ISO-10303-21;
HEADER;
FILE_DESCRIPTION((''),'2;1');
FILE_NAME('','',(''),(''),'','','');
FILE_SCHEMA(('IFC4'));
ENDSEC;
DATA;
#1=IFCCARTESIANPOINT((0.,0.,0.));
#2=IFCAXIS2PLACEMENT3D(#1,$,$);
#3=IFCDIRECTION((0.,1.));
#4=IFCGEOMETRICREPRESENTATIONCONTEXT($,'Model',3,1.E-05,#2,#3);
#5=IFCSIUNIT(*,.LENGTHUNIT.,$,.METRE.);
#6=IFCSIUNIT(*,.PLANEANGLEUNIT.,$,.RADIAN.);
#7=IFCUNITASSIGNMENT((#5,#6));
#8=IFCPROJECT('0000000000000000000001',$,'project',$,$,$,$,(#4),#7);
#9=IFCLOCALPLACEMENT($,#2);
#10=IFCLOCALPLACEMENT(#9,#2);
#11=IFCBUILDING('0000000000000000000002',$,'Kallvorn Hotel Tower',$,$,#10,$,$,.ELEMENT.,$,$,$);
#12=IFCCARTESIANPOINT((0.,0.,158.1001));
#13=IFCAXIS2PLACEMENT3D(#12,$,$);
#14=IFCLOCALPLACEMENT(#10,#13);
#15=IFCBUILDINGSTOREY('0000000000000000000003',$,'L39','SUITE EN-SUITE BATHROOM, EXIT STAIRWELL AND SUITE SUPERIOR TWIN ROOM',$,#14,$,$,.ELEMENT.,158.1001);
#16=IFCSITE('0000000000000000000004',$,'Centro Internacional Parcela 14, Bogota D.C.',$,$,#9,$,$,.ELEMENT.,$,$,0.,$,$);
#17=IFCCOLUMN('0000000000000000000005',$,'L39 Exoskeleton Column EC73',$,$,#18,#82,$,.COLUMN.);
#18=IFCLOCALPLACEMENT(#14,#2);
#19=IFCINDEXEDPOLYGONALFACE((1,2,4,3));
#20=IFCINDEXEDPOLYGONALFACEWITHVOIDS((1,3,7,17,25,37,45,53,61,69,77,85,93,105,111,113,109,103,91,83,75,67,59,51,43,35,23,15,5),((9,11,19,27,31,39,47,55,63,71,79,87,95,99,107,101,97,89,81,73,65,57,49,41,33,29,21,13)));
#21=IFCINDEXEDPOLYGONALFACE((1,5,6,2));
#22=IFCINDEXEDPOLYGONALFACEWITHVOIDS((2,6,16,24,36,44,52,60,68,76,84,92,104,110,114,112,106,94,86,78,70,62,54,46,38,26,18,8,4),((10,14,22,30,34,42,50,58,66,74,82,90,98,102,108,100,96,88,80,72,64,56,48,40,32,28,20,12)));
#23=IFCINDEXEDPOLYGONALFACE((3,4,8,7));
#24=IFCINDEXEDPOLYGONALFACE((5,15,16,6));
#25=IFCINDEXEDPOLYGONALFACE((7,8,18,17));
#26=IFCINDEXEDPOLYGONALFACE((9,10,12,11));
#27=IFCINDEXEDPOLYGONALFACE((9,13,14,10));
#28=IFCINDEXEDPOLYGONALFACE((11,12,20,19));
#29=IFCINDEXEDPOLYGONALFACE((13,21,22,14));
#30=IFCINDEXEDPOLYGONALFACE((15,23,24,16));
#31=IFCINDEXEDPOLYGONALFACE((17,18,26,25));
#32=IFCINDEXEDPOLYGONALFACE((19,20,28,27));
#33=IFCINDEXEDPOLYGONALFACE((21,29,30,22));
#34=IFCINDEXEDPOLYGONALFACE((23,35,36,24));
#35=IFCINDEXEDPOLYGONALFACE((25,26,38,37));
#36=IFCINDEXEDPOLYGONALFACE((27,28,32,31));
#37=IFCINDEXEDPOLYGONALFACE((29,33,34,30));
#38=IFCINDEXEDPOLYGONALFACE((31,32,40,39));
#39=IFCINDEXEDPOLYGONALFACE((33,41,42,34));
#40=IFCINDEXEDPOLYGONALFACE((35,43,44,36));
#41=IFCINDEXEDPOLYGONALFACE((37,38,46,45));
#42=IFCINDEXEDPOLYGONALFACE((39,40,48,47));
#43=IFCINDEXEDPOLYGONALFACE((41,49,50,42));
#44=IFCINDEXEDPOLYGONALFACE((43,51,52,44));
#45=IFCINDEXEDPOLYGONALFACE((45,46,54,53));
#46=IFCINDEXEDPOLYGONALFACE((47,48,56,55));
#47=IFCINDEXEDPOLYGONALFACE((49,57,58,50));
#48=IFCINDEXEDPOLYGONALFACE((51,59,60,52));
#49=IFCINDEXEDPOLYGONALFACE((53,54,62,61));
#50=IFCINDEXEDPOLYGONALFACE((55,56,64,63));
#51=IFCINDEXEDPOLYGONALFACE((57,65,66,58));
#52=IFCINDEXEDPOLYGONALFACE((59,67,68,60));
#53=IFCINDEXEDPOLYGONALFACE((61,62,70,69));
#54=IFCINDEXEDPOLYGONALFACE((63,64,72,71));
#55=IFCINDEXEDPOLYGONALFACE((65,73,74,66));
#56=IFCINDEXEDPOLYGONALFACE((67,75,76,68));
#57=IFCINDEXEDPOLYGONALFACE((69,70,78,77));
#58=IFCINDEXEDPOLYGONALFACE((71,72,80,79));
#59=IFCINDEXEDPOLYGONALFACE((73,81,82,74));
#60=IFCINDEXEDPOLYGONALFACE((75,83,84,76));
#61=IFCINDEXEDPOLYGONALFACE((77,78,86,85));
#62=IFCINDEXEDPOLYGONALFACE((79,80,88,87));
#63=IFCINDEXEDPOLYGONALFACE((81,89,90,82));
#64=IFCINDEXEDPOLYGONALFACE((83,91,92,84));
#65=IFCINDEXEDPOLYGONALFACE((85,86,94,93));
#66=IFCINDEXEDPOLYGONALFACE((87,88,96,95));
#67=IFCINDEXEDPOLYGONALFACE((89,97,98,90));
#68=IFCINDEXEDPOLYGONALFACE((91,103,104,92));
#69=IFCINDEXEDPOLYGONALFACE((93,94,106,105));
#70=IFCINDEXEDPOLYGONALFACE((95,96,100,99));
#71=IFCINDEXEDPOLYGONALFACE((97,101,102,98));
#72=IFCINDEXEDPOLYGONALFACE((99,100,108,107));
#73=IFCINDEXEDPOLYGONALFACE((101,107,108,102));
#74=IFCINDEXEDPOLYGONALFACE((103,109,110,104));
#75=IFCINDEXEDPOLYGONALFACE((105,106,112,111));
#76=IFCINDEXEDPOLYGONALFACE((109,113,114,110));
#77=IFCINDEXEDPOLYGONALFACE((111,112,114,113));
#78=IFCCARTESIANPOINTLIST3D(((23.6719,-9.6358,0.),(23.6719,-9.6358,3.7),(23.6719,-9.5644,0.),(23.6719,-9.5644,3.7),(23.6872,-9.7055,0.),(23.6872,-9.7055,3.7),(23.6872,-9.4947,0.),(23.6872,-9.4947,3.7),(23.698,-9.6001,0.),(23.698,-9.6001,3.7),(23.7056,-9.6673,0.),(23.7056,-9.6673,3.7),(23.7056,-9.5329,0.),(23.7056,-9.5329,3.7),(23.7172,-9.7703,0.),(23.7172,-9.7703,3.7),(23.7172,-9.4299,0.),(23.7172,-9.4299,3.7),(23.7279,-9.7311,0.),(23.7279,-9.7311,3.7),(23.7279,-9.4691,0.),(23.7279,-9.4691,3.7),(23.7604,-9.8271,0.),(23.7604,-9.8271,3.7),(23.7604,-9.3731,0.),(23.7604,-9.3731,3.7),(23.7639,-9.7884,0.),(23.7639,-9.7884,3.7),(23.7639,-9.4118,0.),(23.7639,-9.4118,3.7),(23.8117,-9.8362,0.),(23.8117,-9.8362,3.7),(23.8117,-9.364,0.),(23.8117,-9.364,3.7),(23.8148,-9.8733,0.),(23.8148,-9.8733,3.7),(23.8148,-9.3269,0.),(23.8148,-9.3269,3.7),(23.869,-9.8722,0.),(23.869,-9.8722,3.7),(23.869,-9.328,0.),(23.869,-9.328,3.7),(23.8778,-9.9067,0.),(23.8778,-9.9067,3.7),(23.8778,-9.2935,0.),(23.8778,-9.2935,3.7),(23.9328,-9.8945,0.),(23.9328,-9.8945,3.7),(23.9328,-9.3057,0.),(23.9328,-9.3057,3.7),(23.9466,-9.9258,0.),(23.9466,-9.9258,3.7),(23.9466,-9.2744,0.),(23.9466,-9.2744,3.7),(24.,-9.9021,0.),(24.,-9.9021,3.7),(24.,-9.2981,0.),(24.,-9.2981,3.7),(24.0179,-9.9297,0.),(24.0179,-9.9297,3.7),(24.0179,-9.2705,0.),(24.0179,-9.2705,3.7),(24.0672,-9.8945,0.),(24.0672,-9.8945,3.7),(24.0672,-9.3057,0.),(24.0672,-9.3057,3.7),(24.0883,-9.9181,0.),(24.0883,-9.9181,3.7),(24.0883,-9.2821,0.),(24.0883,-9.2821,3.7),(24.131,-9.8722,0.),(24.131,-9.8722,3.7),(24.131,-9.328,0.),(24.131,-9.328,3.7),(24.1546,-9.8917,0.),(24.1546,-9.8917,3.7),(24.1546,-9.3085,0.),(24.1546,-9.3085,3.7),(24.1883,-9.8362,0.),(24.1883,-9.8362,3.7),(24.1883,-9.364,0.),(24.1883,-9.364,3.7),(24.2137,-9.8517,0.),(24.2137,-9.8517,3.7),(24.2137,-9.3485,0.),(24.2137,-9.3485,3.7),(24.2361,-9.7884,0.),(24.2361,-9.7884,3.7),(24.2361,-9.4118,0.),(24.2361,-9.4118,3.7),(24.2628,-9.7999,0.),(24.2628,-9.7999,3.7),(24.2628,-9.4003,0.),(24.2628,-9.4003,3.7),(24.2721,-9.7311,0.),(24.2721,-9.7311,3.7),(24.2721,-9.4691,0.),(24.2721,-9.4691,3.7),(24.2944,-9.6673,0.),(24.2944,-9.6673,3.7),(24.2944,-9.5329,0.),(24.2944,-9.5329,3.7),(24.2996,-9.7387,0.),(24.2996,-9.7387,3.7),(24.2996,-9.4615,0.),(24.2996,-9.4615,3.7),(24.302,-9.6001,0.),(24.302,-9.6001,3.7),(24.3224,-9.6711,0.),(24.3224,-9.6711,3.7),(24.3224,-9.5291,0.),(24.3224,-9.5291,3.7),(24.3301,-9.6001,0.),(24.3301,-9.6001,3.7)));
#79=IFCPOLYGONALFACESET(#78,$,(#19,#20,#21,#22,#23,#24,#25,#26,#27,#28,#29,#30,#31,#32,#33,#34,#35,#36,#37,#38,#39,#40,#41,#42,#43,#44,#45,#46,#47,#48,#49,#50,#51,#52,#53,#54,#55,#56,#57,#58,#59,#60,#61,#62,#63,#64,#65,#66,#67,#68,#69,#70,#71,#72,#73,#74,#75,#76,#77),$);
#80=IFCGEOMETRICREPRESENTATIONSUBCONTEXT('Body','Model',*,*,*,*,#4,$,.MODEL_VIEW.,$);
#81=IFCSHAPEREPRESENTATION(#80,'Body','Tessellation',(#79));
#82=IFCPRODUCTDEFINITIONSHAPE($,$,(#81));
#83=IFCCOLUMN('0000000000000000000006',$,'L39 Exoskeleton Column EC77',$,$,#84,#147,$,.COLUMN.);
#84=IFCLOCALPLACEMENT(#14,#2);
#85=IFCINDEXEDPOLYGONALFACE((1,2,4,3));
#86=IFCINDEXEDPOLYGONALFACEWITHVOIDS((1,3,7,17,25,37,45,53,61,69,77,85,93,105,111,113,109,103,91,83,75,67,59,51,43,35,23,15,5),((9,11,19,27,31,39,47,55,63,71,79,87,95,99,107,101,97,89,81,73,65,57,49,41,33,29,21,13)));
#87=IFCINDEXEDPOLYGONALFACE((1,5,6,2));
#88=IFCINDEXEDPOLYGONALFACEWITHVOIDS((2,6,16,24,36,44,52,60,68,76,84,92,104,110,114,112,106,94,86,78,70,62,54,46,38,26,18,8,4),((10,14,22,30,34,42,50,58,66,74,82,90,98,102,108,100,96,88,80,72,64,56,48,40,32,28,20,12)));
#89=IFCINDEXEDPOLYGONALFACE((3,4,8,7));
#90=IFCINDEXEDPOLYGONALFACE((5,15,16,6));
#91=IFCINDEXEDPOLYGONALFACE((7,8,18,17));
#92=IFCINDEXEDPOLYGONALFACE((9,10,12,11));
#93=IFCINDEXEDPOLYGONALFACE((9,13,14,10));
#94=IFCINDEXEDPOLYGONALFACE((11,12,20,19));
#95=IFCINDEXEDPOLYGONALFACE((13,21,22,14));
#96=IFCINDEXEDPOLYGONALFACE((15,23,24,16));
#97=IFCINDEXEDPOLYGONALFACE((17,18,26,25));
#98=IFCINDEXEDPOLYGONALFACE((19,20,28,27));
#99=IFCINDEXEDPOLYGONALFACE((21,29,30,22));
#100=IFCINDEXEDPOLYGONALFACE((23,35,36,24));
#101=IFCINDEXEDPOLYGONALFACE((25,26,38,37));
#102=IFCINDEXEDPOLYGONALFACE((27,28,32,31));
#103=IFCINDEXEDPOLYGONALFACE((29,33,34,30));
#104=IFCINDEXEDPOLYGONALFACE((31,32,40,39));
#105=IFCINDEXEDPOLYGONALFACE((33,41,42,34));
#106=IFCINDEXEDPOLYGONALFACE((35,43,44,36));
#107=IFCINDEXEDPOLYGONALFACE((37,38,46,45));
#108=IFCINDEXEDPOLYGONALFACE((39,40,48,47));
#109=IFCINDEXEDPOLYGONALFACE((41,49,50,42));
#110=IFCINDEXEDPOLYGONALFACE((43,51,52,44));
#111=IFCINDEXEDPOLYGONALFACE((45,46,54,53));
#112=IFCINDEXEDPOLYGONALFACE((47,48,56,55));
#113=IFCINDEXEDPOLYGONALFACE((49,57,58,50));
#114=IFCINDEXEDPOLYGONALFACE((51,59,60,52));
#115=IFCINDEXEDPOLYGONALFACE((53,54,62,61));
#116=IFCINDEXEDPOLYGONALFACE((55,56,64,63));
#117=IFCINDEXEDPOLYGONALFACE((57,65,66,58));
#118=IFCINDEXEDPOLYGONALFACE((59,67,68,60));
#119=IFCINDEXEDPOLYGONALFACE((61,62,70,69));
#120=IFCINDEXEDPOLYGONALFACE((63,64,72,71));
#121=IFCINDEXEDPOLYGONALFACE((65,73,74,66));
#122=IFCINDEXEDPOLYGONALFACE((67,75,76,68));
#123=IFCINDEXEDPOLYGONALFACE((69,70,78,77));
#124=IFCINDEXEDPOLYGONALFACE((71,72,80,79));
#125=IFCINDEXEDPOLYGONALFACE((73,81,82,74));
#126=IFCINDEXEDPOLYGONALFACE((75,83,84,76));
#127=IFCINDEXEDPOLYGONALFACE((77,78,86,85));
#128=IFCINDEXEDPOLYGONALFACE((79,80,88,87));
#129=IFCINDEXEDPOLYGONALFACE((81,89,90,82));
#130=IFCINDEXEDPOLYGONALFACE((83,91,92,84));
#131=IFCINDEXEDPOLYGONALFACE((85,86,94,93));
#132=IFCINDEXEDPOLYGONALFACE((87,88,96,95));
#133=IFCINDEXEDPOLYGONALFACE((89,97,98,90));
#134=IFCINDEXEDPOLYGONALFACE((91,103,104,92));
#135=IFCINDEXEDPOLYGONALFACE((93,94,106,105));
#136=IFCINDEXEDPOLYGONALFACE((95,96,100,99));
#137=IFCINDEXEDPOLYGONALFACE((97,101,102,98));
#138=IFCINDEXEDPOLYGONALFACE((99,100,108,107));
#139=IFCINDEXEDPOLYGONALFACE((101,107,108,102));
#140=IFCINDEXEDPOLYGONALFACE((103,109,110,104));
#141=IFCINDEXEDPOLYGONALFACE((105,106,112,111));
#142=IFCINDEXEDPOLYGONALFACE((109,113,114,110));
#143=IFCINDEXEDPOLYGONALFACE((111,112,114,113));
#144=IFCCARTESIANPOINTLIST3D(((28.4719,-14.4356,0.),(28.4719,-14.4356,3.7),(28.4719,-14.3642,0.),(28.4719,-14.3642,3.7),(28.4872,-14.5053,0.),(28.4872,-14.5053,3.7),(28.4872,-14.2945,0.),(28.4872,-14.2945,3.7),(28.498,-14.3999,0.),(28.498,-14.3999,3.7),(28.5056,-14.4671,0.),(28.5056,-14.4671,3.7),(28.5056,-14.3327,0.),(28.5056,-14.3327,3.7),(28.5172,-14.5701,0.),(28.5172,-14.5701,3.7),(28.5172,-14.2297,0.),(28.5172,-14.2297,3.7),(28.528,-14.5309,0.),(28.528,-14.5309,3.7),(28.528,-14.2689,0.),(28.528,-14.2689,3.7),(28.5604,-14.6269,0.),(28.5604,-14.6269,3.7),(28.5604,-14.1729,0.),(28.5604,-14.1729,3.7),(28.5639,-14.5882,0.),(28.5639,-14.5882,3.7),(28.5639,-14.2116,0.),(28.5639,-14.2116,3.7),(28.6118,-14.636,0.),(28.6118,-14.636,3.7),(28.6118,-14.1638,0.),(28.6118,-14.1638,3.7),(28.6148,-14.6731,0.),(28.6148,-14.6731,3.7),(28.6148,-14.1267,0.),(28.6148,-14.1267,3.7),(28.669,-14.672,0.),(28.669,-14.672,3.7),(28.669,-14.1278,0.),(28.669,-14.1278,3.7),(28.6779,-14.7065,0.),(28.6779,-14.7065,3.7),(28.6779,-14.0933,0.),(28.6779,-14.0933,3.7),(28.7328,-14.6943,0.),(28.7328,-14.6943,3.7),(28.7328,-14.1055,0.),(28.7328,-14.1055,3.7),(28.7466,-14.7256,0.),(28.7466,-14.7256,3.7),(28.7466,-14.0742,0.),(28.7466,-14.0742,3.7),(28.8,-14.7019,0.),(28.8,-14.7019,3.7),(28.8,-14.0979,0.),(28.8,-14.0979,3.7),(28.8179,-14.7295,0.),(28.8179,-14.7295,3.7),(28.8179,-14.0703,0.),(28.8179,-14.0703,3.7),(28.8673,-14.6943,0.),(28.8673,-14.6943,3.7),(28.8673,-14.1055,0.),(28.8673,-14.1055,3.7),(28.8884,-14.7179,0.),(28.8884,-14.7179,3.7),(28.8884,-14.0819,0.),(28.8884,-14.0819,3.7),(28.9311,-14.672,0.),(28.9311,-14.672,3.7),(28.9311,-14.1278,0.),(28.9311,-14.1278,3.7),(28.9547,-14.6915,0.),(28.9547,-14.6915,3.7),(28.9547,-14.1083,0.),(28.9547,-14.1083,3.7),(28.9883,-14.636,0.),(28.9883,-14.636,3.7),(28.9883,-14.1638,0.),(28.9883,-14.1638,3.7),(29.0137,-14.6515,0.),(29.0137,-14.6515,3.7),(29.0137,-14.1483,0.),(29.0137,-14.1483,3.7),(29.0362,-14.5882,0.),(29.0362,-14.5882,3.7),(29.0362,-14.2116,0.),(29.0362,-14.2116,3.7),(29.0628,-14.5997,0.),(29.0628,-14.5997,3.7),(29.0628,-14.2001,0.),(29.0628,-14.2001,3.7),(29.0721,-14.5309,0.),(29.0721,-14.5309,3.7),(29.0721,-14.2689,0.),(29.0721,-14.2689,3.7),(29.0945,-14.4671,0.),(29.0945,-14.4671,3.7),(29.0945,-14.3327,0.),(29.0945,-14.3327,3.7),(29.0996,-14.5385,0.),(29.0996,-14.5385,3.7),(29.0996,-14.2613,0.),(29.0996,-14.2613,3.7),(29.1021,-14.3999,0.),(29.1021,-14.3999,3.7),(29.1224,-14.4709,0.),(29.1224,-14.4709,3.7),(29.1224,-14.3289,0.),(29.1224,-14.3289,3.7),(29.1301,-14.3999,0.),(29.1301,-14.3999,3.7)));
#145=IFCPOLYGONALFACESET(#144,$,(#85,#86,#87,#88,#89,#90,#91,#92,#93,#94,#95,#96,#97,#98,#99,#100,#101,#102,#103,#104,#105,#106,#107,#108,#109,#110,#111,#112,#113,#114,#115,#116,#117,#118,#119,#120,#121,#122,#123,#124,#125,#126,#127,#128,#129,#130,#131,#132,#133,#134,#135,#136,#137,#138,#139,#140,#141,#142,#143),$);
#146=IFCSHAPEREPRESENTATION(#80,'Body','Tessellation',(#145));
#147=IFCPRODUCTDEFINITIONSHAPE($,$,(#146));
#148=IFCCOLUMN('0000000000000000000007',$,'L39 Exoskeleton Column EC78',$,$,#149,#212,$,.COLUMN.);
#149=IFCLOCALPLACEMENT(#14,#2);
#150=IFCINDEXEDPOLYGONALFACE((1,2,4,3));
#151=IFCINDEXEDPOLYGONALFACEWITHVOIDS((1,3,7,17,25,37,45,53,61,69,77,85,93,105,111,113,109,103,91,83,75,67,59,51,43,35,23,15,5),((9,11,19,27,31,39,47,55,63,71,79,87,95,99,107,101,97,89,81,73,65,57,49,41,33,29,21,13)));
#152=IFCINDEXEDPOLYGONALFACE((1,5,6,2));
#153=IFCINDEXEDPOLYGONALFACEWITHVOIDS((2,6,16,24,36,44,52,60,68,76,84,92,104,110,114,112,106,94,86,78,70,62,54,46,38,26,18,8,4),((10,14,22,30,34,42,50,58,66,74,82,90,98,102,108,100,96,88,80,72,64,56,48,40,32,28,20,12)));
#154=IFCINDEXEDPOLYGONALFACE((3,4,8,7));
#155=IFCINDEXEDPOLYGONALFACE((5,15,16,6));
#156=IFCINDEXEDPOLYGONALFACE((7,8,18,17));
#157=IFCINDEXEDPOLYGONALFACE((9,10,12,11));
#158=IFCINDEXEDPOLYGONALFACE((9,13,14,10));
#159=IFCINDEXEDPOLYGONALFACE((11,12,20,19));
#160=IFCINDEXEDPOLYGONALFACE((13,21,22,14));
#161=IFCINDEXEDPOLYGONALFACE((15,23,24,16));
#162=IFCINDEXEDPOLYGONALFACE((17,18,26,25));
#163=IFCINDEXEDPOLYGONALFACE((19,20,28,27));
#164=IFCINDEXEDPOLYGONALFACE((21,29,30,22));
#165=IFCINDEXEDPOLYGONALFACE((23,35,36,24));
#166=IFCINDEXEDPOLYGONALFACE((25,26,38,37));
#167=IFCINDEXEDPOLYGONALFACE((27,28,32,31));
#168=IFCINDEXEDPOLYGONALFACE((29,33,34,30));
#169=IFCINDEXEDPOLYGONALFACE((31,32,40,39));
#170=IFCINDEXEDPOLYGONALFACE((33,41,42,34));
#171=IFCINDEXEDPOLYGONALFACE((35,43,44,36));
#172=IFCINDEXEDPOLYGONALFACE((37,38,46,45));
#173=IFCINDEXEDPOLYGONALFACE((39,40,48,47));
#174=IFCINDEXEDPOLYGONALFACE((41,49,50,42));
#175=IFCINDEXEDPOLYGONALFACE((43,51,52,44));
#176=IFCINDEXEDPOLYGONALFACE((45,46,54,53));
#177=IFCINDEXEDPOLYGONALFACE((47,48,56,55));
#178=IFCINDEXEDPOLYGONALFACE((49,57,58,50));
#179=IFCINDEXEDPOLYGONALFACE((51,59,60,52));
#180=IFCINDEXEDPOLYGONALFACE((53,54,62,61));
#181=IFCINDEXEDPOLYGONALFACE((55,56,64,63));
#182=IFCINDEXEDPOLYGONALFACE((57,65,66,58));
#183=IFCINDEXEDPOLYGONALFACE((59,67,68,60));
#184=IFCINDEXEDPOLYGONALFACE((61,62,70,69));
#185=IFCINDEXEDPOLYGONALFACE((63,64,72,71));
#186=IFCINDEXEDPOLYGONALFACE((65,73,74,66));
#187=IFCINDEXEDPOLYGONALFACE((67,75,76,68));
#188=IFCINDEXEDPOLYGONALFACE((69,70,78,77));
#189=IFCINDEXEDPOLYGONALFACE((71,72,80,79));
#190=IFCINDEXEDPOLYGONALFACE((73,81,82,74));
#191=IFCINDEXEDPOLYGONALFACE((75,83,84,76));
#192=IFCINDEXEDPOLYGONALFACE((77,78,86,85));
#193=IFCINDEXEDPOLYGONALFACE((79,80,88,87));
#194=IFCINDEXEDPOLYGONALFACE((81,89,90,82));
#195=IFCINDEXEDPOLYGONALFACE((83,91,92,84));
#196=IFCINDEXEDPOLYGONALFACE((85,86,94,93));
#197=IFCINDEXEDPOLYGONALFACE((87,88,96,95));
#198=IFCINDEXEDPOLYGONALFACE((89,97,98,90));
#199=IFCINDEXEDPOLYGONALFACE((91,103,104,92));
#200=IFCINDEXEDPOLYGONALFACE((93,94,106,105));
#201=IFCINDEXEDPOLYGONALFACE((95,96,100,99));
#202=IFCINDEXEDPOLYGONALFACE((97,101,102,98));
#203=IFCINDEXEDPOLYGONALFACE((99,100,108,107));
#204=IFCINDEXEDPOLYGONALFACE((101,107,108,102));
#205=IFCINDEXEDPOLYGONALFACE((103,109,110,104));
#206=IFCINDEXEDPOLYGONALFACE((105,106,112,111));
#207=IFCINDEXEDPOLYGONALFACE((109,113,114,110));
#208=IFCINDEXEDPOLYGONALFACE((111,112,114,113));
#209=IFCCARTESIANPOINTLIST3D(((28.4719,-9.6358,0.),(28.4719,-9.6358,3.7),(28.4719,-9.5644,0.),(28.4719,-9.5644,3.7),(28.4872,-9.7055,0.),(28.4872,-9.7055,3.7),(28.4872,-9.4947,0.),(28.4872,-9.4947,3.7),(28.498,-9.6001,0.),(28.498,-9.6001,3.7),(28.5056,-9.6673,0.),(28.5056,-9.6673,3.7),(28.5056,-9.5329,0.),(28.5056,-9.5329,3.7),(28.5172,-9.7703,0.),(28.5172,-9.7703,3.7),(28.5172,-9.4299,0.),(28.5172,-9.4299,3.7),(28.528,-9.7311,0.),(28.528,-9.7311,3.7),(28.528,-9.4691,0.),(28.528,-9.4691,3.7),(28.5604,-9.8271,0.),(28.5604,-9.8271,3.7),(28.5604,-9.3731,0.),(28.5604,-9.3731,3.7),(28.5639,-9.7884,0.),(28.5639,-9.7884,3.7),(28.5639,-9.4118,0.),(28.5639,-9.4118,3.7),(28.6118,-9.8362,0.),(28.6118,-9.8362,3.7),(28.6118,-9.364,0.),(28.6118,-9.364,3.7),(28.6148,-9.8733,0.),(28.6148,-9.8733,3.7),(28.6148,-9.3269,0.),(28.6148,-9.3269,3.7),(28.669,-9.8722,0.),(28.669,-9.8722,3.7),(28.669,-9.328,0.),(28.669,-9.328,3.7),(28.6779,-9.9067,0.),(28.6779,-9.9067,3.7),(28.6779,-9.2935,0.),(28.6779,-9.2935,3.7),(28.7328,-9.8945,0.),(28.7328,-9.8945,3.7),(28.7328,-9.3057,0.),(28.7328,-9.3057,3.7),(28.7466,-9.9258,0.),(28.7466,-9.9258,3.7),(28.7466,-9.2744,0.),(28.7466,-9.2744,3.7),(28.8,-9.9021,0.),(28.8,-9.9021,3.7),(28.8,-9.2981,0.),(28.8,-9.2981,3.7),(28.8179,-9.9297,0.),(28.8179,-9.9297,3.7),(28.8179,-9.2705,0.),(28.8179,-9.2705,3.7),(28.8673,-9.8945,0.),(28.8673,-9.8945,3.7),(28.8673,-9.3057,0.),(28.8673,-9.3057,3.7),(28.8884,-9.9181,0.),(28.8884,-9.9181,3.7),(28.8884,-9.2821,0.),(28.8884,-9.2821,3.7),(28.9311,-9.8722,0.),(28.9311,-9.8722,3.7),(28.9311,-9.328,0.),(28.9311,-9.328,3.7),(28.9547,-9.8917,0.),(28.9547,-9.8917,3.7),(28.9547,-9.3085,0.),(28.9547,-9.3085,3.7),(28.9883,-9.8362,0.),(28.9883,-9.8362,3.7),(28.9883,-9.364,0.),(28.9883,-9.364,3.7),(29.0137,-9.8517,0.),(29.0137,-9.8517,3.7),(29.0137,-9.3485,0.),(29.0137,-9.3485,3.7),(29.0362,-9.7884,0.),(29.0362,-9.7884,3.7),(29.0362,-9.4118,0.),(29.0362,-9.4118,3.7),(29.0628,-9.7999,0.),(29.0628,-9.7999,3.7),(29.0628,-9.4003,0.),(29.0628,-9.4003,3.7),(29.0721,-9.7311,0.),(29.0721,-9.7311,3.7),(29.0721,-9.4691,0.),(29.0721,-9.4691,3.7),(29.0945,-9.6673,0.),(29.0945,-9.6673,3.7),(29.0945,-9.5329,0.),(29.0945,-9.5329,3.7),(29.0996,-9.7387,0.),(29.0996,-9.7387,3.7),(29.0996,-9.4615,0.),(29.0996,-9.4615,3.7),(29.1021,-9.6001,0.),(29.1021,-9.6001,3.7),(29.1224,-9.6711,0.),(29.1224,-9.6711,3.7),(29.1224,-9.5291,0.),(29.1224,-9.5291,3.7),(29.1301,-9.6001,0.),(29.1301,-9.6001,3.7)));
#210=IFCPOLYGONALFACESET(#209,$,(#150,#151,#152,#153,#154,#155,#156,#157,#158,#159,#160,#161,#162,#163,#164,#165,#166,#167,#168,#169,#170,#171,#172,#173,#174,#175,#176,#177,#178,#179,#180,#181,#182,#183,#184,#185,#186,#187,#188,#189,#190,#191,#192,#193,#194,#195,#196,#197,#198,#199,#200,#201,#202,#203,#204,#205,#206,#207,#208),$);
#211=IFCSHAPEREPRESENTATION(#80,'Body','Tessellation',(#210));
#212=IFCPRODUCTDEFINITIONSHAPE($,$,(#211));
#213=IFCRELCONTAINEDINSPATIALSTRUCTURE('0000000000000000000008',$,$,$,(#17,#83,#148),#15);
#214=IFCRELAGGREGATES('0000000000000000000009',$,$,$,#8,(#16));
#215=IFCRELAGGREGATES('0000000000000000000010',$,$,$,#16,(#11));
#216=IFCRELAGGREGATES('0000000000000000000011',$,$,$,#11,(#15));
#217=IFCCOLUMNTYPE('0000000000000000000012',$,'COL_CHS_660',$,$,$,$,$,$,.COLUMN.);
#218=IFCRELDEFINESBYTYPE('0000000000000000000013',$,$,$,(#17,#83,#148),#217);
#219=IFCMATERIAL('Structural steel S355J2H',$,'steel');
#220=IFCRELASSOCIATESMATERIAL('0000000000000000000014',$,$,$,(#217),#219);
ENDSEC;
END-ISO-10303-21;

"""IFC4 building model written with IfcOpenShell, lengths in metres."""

from ifc_helpers import new_model, si_unit, direction, frame, origin, origin_2d, place, context, subcontext, project, spatial, hollow_circle, extrude, material, material_profile, profile_set, type_object, element, save


model = new_model("IFC4")

# Units and contexts
model_context = context("Model", 3, precision=1e-05, world=origin(), true_north=direction((0.0, 1.0)))
body_context = subcontext(model_context, "Body", "Model", "MODEL_VIEW")
ifc_project = project(units=[si_unit("LENGTHUNIT", "METRE"), si_unit("PLANEANGLEUNIT", "RADIAN")], contexts=[model_context])

# Site, building, storey
site_placement = place(None, origin())
site = spatial("IfcSite", under=ifc_project, at=site_placement, Name="Centro Internacional Parcela 14, Bogota D.C.", CompositionType="ELEMENT", RefElevation=0.0)
building_placement = place(site_placement, origin())
building = spatial("IfcBuilding", under=site, at=building_placement, Name="Kallvorn Hotel Tower", CompositionType="ELEMENT")
storey_placement = place(building_placement, frame((0.0, 0.0, 158.1001)))
storey = spatial("IfcBuildingStorey", under=building, at=storey_placement, Name="L39", Description="SUITE EN-SUITE BATHROOM, EXIT STAIRWELL AND SUITE SUPERIOR TWIN ROOM", CompositionType="ELEMENT", Elevation=158.1001)

# Columns
ifc_material_1 = material(Name="Structural steel S355J2H", Category="steel")
ifc_material_profile_1 = material_profile(ifc_material_1, hollow_circle(Radius=0.3301, WallThickness=0.0281, at=origin_2d()), Name="CHS 660x28")
ifc_profile_set_1 = profile_set([ifc_material_profile_1], Name="Structural steel S355J2H")
column_type_1 = type_object("IfcColumnType", Name="COL_CHS_660", PredefinedType="COLUMN", material=ifc_profile_set_1)
for number, where, z_axis, x_axis, name in (
    (1, (24.0, -9.6001, 0.0), (0.0, 0.0, 1.0), (1.0, 0.0, 0.0), "L39 Exoskeleton Column EC73"),
    (2, (28.8, -14.3999, 0.0), (0.0, 0.0, 1.0), (1.0, 0.0, 0.0), "L39 Exoskeleton Column EC77"),
    (3, (28.8, -9.6001, 0.0), (0.0, 0.0, 1.0), (1.0, 0.0, 0.0), "L39 Exoskeleton Column EC78"),
):
    element("IfcColumn", number, at=place(storey_placement, frame(where, z_axis=z_axis, x_axis=x_axis)), inside=storey, type_object=column_type_1, Name=name, PredefinedType="COLUMN", context=body_context, shape_type="SweptSolid", body=[
        extrude(hollow_circle(Radius=0.3301, WallThickness=0.0281, at=origin_2d()), origin(), (0.0, 0.0, 1.0), 3.7),
    ])

save(model, "model.ifc")
